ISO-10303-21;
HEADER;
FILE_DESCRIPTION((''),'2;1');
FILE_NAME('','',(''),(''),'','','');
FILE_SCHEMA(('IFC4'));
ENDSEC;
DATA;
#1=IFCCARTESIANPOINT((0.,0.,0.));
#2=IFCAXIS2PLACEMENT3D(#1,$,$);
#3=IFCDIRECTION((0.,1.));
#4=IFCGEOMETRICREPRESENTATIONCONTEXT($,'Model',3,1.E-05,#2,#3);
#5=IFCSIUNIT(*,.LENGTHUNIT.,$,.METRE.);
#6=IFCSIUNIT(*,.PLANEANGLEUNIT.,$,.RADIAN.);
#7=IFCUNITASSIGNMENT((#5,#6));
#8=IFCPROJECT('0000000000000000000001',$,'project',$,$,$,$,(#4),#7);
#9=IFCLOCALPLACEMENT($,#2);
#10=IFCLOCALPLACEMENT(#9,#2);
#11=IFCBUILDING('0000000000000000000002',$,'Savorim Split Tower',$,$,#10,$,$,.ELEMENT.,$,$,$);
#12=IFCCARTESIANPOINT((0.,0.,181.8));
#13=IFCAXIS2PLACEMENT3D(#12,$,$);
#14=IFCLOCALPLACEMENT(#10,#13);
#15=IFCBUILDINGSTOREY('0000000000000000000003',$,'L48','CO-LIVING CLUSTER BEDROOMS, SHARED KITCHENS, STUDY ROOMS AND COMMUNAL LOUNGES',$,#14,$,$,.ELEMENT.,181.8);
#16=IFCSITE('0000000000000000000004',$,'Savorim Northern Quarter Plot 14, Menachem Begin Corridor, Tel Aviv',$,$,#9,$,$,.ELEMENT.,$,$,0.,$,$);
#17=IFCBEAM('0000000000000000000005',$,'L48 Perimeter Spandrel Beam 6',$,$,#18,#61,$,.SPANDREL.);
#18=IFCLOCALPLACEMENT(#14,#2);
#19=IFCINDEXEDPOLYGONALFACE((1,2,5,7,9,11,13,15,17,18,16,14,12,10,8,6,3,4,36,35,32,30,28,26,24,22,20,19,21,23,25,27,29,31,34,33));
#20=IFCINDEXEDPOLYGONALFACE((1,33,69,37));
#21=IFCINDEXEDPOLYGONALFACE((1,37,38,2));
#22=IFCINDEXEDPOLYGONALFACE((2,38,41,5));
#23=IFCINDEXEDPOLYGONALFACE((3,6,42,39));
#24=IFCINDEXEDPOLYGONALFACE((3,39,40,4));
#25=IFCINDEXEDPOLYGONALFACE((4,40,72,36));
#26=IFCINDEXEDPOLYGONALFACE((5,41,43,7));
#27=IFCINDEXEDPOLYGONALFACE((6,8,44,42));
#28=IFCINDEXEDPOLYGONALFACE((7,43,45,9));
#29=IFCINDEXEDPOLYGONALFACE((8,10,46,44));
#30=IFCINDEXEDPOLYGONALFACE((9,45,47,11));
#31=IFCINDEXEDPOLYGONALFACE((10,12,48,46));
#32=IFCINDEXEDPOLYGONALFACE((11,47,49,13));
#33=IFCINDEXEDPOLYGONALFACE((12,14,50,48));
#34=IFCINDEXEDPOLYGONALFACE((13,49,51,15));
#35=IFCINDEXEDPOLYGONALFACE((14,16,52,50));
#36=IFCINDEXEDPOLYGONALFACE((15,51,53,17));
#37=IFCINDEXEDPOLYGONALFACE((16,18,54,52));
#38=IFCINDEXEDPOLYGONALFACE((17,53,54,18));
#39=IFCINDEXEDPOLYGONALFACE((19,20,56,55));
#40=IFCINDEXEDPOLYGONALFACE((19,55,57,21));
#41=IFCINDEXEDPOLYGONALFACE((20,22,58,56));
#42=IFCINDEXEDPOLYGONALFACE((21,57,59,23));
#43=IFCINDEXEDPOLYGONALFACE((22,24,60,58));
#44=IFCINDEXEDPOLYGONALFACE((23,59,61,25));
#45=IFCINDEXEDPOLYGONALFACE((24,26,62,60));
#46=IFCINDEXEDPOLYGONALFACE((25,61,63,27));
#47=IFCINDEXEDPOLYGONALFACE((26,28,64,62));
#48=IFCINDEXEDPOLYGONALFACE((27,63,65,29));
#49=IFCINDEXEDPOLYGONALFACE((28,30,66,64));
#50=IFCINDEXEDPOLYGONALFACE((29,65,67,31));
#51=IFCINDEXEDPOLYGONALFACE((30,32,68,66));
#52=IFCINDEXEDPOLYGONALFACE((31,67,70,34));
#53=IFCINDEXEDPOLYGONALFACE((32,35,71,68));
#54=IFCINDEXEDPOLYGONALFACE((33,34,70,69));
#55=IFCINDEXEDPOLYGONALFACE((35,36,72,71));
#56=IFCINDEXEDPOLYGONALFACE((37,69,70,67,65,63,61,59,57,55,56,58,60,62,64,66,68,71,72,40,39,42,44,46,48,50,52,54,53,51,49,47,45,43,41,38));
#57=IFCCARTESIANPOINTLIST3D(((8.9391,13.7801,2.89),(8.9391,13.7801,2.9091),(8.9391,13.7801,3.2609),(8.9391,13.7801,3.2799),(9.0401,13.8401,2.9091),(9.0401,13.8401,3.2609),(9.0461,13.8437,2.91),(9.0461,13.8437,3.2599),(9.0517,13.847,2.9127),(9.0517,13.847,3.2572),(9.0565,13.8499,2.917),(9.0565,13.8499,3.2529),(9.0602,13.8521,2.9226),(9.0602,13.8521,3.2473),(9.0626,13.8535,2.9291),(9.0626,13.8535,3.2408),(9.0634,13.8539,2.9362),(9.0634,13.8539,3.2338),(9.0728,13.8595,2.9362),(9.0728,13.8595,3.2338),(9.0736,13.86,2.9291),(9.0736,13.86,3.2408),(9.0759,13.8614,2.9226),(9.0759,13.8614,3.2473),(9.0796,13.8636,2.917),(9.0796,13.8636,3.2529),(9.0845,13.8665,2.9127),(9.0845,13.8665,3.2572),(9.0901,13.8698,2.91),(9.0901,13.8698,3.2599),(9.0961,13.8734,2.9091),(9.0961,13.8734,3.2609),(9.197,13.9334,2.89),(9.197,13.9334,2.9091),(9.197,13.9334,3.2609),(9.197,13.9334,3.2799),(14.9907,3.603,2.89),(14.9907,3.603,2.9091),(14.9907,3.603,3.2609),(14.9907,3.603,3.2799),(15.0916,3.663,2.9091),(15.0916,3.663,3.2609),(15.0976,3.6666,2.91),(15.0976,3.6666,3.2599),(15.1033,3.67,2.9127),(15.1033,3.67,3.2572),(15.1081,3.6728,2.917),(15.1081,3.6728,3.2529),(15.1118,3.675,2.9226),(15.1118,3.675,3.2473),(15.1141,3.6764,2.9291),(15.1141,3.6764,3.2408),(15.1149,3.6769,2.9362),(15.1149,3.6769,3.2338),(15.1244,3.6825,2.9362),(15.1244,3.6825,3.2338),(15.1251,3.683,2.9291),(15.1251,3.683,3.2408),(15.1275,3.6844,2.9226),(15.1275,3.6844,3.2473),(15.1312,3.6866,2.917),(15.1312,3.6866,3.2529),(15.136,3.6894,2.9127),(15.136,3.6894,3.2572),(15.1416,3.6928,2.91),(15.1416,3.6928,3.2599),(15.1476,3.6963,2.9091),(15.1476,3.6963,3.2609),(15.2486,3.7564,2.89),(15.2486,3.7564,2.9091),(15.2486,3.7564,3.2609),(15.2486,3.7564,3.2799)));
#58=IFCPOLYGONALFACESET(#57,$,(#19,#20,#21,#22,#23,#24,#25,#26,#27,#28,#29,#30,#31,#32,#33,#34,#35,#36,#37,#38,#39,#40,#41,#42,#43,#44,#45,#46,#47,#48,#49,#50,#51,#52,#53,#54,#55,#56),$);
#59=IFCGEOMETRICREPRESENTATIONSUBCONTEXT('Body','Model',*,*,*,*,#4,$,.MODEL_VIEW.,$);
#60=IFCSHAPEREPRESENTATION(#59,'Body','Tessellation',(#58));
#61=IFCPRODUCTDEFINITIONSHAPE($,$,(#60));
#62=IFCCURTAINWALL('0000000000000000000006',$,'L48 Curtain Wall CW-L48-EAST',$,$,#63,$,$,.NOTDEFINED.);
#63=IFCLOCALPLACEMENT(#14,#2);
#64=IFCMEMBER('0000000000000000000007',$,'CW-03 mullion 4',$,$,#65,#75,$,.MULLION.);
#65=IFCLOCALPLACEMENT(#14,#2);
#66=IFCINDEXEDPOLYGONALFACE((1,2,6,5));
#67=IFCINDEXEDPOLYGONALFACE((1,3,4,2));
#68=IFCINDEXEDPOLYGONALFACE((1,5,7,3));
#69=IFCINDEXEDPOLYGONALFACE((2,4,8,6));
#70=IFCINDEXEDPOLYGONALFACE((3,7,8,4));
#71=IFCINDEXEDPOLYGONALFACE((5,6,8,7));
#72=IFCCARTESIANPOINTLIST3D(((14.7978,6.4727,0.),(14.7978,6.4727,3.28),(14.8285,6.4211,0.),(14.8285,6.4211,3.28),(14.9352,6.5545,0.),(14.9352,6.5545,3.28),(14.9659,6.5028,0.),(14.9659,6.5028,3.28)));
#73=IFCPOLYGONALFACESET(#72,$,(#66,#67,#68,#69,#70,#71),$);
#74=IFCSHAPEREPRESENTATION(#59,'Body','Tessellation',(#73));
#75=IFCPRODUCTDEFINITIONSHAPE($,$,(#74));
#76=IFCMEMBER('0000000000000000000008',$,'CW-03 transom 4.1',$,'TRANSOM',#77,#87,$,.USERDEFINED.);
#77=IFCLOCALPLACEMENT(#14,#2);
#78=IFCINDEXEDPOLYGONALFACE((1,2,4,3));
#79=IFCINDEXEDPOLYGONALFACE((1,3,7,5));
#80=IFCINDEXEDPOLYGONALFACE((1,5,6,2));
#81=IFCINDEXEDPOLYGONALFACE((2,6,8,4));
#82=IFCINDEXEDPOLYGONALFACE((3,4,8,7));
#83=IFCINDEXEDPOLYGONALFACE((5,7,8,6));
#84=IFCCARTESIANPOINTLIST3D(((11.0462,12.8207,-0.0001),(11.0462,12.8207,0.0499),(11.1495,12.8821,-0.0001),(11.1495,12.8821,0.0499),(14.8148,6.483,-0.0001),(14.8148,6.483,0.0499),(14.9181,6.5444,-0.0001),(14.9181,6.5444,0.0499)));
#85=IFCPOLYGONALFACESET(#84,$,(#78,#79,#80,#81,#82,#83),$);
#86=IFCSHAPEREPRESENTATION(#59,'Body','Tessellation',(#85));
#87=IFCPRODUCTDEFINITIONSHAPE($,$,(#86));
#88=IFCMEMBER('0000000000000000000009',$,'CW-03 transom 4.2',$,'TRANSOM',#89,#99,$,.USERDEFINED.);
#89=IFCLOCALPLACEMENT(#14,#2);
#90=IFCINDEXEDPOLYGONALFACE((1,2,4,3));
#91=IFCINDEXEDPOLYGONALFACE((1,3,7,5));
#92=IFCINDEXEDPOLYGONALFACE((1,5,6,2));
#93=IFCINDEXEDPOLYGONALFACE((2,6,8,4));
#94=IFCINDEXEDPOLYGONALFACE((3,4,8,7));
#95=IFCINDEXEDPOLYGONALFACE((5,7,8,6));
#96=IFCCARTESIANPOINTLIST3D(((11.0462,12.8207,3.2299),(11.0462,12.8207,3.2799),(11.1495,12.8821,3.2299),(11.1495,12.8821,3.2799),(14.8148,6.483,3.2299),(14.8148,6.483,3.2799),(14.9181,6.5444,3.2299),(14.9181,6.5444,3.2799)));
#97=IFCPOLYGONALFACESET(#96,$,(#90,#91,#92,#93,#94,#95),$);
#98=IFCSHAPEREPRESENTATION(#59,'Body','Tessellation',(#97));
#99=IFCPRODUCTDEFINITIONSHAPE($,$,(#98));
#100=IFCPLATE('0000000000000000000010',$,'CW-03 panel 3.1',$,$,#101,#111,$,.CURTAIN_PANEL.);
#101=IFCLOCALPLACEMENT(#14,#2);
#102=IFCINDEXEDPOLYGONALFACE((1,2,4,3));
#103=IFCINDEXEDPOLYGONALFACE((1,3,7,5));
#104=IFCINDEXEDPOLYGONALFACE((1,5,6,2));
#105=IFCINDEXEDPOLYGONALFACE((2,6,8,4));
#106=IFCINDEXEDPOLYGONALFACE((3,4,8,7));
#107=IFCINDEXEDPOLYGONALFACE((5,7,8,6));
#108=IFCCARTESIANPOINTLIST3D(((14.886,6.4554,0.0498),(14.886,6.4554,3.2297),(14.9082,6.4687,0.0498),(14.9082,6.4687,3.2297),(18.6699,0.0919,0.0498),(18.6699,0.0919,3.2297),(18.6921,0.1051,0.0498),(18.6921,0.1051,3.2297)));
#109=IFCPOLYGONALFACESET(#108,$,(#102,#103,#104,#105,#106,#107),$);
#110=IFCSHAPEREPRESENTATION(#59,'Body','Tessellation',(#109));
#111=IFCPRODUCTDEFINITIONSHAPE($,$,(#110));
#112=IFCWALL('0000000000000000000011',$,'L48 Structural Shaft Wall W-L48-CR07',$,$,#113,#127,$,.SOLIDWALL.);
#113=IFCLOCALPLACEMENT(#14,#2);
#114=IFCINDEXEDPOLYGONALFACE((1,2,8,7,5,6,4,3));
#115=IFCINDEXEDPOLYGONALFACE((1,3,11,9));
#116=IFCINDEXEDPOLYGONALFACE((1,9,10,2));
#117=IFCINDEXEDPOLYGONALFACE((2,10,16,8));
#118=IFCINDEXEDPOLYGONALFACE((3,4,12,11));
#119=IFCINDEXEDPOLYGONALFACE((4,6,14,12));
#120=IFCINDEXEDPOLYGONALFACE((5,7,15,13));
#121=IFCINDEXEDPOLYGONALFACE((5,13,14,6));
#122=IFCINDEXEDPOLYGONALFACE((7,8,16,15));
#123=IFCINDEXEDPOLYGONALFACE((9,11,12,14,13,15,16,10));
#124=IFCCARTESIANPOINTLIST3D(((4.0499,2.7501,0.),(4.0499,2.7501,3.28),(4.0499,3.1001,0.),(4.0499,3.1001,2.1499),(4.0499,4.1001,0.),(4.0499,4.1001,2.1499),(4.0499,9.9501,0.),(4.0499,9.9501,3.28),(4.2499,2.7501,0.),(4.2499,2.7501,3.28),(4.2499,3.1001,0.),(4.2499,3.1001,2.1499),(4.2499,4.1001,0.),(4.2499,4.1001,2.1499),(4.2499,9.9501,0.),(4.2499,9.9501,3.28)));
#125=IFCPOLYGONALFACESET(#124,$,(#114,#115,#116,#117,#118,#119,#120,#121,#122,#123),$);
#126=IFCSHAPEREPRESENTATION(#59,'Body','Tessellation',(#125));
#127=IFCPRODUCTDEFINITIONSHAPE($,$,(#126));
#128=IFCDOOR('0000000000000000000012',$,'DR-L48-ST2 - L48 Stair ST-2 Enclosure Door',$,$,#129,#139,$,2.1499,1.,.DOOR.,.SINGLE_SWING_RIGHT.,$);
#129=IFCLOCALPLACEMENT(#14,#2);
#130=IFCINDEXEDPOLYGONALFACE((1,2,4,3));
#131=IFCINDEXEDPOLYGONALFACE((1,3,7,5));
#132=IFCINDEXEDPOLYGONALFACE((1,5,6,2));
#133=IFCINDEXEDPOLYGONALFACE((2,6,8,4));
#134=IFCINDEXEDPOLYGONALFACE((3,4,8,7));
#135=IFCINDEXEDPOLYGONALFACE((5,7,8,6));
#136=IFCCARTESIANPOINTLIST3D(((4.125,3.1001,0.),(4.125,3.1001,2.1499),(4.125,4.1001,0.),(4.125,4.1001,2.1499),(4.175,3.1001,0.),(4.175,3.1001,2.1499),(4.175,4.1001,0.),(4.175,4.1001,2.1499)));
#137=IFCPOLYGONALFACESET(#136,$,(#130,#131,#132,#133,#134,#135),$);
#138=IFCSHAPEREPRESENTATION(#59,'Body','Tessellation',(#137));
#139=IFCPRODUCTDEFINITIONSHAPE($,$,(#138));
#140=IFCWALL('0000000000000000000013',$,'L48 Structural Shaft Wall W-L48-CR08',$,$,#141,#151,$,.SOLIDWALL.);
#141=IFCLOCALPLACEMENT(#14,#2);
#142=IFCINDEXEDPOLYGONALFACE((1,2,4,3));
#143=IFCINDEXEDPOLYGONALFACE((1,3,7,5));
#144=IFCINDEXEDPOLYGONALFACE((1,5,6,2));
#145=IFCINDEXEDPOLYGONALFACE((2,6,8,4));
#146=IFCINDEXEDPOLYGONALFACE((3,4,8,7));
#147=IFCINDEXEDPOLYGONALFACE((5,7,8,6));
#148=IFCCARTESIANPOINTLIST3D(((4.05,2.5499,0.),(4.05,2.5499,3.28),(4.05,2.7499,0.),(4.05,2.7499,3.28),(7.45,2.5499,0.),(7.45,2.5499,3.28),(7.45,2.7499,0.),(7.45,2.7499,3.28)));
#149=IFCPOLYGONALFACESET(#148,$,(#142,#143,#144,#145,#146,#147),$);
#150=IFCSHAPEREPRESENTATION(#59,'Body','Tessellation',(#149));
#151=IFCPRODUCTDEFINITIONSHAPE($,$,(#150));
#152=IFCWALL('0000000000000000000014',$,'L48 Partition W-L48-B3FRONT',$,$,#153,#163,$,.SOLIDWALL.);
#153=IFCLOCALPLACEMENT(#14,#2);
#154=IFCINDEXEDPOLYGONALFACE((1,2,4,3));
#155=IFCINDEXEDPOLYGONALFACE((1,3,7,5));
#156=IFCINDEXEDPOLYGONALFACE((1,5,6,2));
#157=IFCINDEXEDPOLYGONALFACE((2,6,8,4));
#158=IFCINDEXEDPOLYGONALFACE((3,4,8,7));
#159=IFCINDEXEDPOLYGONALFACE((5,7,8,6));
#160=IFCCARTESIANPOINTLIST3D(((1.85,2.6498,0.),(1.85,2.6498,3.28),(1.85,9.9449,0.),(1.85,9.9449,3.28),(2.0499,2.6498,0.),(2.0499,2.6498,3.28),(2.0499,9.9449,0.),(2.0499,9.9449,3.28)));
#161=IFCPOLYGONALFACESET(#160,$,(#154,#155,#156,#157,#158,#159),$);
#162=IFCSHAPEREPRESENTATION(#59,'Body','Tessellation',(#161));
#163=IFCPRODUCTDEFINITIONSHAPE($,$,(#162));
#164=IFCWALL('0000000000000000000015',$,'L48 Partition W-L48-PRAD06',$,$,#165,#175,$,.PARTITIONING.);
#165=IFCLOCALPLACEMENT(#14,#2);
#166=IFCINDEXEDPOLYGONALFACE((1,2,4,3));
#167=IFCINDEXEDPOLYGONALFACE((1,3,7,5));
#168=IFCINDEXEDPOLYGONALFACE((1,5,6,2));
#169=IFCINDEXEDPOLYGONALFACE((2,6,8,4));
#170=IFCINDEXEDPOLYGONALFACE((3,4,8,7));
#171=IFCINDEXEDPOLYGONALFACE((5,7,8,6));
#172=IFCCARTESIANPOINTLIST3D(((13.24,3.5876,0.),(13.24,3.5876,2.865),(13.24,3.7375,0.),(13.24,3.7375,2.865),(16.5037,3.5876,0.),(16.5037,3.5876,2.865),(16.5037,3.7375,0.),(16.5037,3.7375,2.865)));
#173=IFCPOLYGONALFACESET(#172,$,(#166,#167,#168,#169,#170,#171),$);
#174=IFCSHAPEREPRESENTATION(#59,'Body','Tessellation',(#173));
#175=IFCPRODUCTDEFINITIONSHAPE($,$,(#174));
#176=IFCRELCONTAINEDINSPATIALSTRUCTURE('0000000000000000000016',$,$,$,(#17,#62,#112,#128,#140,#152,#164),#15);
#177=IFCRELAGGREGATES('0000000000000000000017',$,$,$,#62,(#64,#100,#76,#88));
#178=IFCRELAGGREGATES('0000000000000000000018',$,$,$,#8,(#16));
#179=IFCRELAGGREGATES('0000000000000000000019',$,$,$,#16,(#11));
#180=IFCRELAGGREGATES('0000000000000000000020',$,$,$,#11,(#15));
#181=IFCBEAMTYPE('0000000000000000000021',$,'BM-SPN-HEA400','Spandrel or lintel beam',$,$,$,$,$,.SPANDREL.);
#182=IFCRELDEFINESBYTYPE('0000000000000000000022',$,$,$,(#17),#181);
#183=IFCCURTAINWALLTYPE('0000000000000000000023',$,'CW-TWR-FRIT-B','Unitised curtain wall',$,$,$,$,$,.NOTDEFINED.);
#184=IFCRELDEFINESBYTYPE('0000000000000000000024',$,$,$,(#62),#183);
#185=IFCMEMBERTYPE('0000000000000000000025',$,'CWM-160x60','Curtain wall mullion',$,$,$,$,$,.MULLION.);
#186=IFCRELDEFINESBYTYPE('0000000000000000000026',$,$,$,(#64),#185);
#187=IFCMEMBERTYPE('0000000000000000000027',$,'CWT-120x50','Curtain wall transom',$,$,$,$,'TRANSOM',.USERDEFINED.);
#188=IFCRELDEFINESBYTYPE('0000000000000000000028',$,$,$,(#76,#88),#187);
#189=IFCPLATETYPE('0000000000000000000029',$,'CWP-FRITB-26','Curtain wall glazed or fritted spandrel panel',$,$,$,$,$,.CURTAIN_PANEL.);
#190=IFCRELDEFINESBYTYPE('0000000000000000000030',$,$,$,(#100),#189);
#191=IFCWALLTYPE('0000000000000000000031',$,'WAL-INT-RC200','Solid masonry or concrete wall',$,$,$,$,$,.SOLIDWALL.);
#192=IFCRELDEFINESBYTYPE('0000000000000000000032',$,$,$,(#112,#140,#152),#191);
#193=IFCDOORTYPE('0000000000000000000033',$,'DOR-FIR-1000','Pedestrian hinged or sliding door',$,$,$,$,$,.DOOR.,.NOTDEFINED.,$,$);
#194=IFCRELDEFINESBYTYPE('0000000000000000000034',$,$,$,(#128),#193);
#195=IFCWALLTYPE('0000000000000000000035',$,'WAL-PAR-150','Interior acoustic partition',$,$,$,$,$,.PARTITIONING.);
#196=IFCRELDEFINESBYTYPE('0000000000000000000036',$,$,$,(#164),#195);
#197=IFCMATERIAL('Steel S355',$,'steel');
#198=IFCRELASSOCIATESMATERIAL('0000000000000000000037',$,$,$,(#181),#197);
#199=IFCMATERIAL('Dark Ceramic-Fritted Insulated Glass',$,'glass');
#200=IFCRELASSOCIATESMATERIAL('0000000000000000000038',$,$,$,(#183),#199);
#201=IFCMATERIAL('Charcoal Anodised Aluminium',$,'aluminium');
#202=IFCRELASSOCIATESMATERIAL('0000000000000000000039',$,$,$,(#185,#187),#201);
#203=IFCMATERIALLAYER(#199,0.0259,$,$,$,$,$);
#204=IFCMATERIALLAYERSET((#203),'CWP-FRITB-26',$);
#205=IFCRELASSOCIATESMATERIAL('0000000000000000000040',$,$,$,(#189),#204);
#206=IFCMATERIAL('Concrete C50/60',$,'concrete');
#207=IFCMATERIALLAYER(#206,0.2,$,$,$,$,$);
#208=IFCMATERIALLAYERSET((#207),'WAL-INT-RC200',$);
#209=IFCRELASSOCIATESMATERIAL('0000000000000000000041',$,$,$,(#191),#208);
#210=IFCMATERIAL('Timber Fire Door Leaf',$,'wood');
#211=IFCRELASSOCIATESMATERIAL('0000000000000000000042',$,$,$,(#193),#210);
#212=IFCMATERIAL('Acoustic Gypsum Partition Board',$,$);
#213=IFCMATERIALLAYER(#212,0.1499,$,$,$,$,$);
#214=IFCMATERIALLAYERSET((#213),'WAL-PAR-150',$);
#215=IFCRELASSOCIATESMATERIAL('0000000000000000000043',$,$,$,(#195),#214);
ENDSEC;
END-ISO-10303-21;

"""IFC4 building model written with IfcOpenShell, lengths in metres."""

from ifc_helpers import new_model, si_unit, direction, frame, frame_2d, origin, origin_2d, place, context, subcontext, project, spatial, rectangle, i_section, extrude, material, layer, layer_set, material_profile, profile_set, type_object, element, fill, aggregate, save


model = new_model("IFC4")

# Units and contexts
model_context = context("Model", 3, precision=1e-05, world=origin(), true_north=direction((0.0, 1.0)))
body_context = subcontext(model_context, "Body", "Model", "MODEL_VIEW")
ifc_project = project(units=[si_unit("LENGTHUNIT", "METRE"), si_unit("PLANEANGLEUNIT", "RADIAN")], contexts=[model_context])

# Site, building, storey
site_placement = place(None, origin())
site = spatial("IfcSite", under=ifc_project, at=site_placement, Name="Savorim Northern Quarter Plot 14, Menachem Begin Corridor, Tel Aviv", CompositionType="ELEMENT", RefElevation=0.0)
building_placement = place(site_placement, origin())
building = spatial("IfcBuilding", under=site, at=building_placement, Name="Savorim Split Tower", CompositionType="ELEMENT")
storey_placement = place(building_placement, frame((0.0, 0.0, 181.8)))
storey = spatial("IfcBuildingStorey", under=building, at=storey_placement, Name="L48", Description="CO-LIVING CLUSTER BEDROOMS, SHARED KITCHENS, STUDY ROOMS AND COMMUNAL LOUNGES", CompositionType="ELEMENT", Elevation=181.8)

# Beam
ifc_material_1 = material(Name="Steel S355", Category="steel")
ifc_material_profile_1 = material_profile(ifc_material_1, i_section(OverallWidth=0.3, OverallDepth=0.3899, WebThickness=0.011, FlangeThickness=0.019, FilletRadius=0.0271, at=origin_2d()), Name="HEA 400")
ifc_profile_set_1 = profile_set([ifc_material_profile_1], Name="Steel S355")
beam_type_1 = type_object("IfcBeamType", Name="BM-SPN-HEA400", Description="Spandrel or lintel beam", PredefinedType="SPANDREL", material=ifc_profile_set_1)
beam_1_placement = place(storey_placement, frame((15.1196, 3.6797, 3.085), z_axis=(-0.511096, 0.859524, 0.0), x_axis=(-0.859524, -0.511096, 0.0)))
element("IfcBeam", 1, at=beam_1_placement, inside=storey, type_object=beam_type_1, Name="L48 Perimeter Spandrel Beam 6", PredefinedType="SPANDREL", context=body_context, shape_type="SweptSolid", body=[
    extrude(i_section(OverallWidth=0.3, OverallDepth=0.3899, WebThickness=0.011, FlangeThickness=0.019, FilletRadius=0.0271, at=origin_2d()), origin(), (0.0, 0.0, 1.0), 11.8403),
])

# Curtain wall, members, plate
ifc_material_2 = material(Name="Dark Ceramic-Fritted Insulated Glass", Category="glass")
curtain_wall_type = type_object("IfcCurtainWallType", Name="CW-TWR-FRIT-B", Description="Unitised curtain wall", PredefinedType="NOTDEFINED", material=ifc_material_2)
curtain_wall_placement = place(storey_placement, origin())
curtain_wall = element("IfcCurtainWall", 2, at=curtain_wall_placement, inside=storey, type_object=curtain_wall_type, Name="L48 Curtain Wall CW-L48-EAST", PredefinedType="NOTDEFINED")
ifc_material_3 = material(Name="Charcoal Anodised Aluminium", Category="aluminium")
ifc_material_profile_2 = material_profile(ifc_material_3, rectangle(XDim=0.1599, YDim=0.0601, at=origin_2d()), Name="ALU-M 160x60")
ifc_profile_set_2 = profile_set([ifc_material_profile_2], Name="Charcoal Anodised Aluminium")
member_type_1 = type_object("IfcMemberType", Name="CWM-160x60", Description="Curtain wall mullion", PredefinedType="MULLION", material=ifc_profile_set_2)
member_1_placement = place(storey_placement, frame((14.8818, 6.4878, 0.0), z_axis=(0.0, 0.0, 1.0), x_axis=(-0.859525, -0.511094, 0.0)))
member_1 = element("IfcMember", 3, at=member_1_placement, type_object=member_type_1, Name="CW-03 mullion 4", PredefinedType="MULLION", context=body_context, shape_type="SweptSolid", body=[
    extrude(rectangle(XDim=0.1599, YDim=0.0601, at=origin_2d()), origin(), (0.0, 0.0, 1.0), 3.28),
])
ifc_material_profile_3 = material_profile(ifc_material_3, rectangle(XDim=0.1201, YDim=0.05, at=origin_2d()), Name="ALU-T 120x50")
ifc_profile_set_3 = profile_set([ifc_material_profile_3], Name="Charcoal Anodised Aluminium")
member_type_2 = type_object("IfcMemberType", Name="CWT-120x50", Description="Curtain wall transom", ElementType="TRANSOM", PredefinedType="USERDEFINED", material=ifc_profile_set_3)
member_2_placement = place(storey_placement, frame((14.8665, 6.5137, 0.0249), z_axis=(-0.511098, 0.859523, 0.0), x_axis=(-0.859523, -0.511098, 0.0)))
member_2 = element("IfcMember", 4, at=member_2_placement, type_object=member_type_2, Name="CW-03 transom 4.1", ObjectType="TRANSOM", PredefinedType="USERDEFINED", context=body_context, shape_type="SweptSolid", body=[
    extrude(rectangle(XDim=0.1201, YDim=0.05, at=origin_2d()), origin(), (0.0, 0.0, 1.0), 7.3735),
])
member_3_placement = place(storey_placement, frame((14.8665, 6.5137, 3.2549), z_axis=(-0.511098, 0.859523, 0.0), x_axis=(-0.859523, -0.511098, 0.0)))
member_3 = element("IfcMember", 5, at=member_3_placement, type_object=member_type_2, Name="CW-03 transom 4.2", ObjectType="TRANSOM", PredefinedType="USERDEFINED", context=body_context, shape_type="SweptSolid", body=[
    extrude(rectangle(XDim=0.1201, YDim=0.05, at=origin_2d()), origin(), (0.0, 0.0, 1.0), 7.3735),
])
ifc_layer_1 = layer(ifc_material_2, 0.0259)
ifc_layer_set_1 = layer_set([ifc_layer_1], Name="CWP-FRITB-26")
plate_type = type_object("IfcPlateType", Name="CWP-FRITB-26", Description="Curtain wall glazed or fritted spandrel panel", PredefinedType="CURTAIN_PANEL", material=ifc_layer_set_1)
plate_placement = place(storey_placement, frame((16.7891, 3.2803, 0.0498), z_axis=(0.0, 0.0, 1.0), x_axis=(-0.511094, 0.859525, 0.0)))
plate = element("IfcPlate", 6, at=plate_placement, type_object=plate_type, Name="CW-03 panel 3.1", PredefinedType="CURTAIN_PANEL", context=body_context, shape_type="SweptSolid", body=[
    extrude(rectangle(XDim=7.4036, YDim=0.0259, at=origin_2d()), origin(), (0.0, 0.0, 1.0), 3.1799),
])
aggregate(curtain_wall, [member_1, plate, member_2, member_3])

# Wall, opening, door
ifc_material_4 = material(Name="Concrete C50/60", Category="concrete")
ifc_layer_2 = layer(ifc_material_4, 0.2)
ifc_layer_set_2 = layer_set([ifc_layer_2], Name="WAL-INT-RC200")
wall_type_1 = type_object("IfcWallType", Name="WAL-INT-RC200", Description="Solid masonry or concrete wall", PredefinedType="SOLIDWALL", material=ifc_layer_set_2)
wall_1_placement = place(storey_placement, frame((4.1499, 2.75, 0.0), z_axis=(0.0, 0.0, 1.0), x_axis=(0.0, 1.0, 0.0)))
wall_1 = element("IfcWall", 7, at=wall_1_placement, inside=storey, type_object=wall_type_1, Name="L48 Structural Shaft Wall W-L48-CR07", PredefinedType="SOLIDWALL", context=body_context, shape_type="SweptSolid", body=[
    extrude(rectangle(XDim=7.2, YDim=0.2, at=frame_2d((3.6001, 0.0))), origin(), (0.0, 0.0, 1.0), 3.28),
])
opening_placement = place(wall_1_placement, frame((0.3501, 0.0, 0.0)))
opening = element("IfcOpeningElement", 8, at=opening_placement, cuts=wall_1, PredefinedType="OPENING", context=body_context, shape_type="SweptSolid", body=[
    extrude(rectangle(XDim=1.0, YDim=2.1499, at=frame_2d((0.5, 1.075))), frame((0.0, 0.1099, 0.0), z_axis=(0.0, -1.0, 0.0), x_axis=(1.0, 0.0, 0.0)), (0.0, 0.0, 1.0), 0.22),
])
ifc_material_5 = material(Name="Timber Fire Door Leaf", Category="wood")
door_type = type_object("IfcDoorType", Name="DOR-FIR-1000", Description="Pedestrian hinged or sliding door", OperationType="NOTDEFINED", PredefinedType="DOOR", material=ifc_material_5)
door_placement = place(opening_placement, origin())
door = element("IfcDoor", 9, at=door_placement, inside=storey, type_object=door_type, Name="DR-L48-ST2 - L48 Stair ST-2 Enclosure Door", OperationType="SINGLE_SWING_RIGHT", OverallHeight=2.1499, OverallWidth=1.0, PredefinedType="DOOR", context=body_context, shape_type="SweptSolid", body=[
    extrude(rectangle(XDim=1.0, YDim=2.1499, at=frame_2d((0.5, 1.075))), frame((0.0, 0.0249, 0.0), z_axis=(0.0, -1.0, 0.0), x_axis=(1.0, 0.0, 0.0)), (0.0, 0.0, 1.0), 0.05),
])
fill(opening, door)

# Walls
wall_2_placement = place(storey_placement, frame((4.05, 2.6499, 0.0), z_axis=(0.0, 0.0, 1.0), x_axis=(1.0, 0.0, 0.0)))
element("IfcWall", 10, at=wall_2_placement, inside=storey, type_object=wall_type_1, Name="L48 Structural Shaft Wall W-L48-CR08", PredefinedType="SOLIDWALL", context=body_context, shape_type="SweptSolid", body=[
    extrude(rectangle(XDim=3.3999, YDim=0.2, at=frame_2d((1.7, 0.0))), origin(), (0.0, 0.0, 1.0), 3.28),
])
wall_3_placement = place(storey_placement, frame((1.95, 2.6499, 0.0), z_axis=(0.0, 0.0, 1.0), x_axis=(0.0, 1.0, 0.0)))
element("IfcWall", 11, at=wall_3_placement, inside=storey, type_object=wall_type_1, Name="L48 Partition W-L48-B3FRONT", PredefinedType="SOLIDWALL", context=body_context, shape_type="SweptSolid", body=[
    extrude(rectangle(XDim=7.2952, YDim=0.2, at=frame_2d((3.6475, 0.0))), origin(), (0.0, 0.0, 1.0), 3.28),
])
ifc_material_6 = material(Name="Acoustic Gypsum Partition Board")
ifc_layer_3 = layer(ifc_material_6, 0.1499)
ifc_layer_set_3 = layer_set([ifc_layer_3], Name="WAL-PAR-150")
wall_type_2 = type_object("IfcWallType", Name="WAL-PAR-150", Description="Interior acoustic partition", PredefinedType="PARTITIONING", material=ifc_layer_set_3)
wall_4_placement = place(storey_placement, frame((13.24, 3.6626, 0.0), z_axis=(0.0, 0.0, 1.0), x_axis=(1.0, 0.0, 0.0)))
element("IfcWall", 12, at=wall_4_placement, inside=storey, type_object=wall_type_2, Name="L48 Partition W-L48-PRAD06", PredefinedType="PARTITIONING", context=body_context, shape_type="SweptSolid", body=[
    extrude(rectangle(XDim=3.2637, YDim=0.1499, at=frame_2d((1.6318, 0.0))), origin(), (0.0, 0.0, 1.0), 2.865),
])

save(model, "model.ifc")
